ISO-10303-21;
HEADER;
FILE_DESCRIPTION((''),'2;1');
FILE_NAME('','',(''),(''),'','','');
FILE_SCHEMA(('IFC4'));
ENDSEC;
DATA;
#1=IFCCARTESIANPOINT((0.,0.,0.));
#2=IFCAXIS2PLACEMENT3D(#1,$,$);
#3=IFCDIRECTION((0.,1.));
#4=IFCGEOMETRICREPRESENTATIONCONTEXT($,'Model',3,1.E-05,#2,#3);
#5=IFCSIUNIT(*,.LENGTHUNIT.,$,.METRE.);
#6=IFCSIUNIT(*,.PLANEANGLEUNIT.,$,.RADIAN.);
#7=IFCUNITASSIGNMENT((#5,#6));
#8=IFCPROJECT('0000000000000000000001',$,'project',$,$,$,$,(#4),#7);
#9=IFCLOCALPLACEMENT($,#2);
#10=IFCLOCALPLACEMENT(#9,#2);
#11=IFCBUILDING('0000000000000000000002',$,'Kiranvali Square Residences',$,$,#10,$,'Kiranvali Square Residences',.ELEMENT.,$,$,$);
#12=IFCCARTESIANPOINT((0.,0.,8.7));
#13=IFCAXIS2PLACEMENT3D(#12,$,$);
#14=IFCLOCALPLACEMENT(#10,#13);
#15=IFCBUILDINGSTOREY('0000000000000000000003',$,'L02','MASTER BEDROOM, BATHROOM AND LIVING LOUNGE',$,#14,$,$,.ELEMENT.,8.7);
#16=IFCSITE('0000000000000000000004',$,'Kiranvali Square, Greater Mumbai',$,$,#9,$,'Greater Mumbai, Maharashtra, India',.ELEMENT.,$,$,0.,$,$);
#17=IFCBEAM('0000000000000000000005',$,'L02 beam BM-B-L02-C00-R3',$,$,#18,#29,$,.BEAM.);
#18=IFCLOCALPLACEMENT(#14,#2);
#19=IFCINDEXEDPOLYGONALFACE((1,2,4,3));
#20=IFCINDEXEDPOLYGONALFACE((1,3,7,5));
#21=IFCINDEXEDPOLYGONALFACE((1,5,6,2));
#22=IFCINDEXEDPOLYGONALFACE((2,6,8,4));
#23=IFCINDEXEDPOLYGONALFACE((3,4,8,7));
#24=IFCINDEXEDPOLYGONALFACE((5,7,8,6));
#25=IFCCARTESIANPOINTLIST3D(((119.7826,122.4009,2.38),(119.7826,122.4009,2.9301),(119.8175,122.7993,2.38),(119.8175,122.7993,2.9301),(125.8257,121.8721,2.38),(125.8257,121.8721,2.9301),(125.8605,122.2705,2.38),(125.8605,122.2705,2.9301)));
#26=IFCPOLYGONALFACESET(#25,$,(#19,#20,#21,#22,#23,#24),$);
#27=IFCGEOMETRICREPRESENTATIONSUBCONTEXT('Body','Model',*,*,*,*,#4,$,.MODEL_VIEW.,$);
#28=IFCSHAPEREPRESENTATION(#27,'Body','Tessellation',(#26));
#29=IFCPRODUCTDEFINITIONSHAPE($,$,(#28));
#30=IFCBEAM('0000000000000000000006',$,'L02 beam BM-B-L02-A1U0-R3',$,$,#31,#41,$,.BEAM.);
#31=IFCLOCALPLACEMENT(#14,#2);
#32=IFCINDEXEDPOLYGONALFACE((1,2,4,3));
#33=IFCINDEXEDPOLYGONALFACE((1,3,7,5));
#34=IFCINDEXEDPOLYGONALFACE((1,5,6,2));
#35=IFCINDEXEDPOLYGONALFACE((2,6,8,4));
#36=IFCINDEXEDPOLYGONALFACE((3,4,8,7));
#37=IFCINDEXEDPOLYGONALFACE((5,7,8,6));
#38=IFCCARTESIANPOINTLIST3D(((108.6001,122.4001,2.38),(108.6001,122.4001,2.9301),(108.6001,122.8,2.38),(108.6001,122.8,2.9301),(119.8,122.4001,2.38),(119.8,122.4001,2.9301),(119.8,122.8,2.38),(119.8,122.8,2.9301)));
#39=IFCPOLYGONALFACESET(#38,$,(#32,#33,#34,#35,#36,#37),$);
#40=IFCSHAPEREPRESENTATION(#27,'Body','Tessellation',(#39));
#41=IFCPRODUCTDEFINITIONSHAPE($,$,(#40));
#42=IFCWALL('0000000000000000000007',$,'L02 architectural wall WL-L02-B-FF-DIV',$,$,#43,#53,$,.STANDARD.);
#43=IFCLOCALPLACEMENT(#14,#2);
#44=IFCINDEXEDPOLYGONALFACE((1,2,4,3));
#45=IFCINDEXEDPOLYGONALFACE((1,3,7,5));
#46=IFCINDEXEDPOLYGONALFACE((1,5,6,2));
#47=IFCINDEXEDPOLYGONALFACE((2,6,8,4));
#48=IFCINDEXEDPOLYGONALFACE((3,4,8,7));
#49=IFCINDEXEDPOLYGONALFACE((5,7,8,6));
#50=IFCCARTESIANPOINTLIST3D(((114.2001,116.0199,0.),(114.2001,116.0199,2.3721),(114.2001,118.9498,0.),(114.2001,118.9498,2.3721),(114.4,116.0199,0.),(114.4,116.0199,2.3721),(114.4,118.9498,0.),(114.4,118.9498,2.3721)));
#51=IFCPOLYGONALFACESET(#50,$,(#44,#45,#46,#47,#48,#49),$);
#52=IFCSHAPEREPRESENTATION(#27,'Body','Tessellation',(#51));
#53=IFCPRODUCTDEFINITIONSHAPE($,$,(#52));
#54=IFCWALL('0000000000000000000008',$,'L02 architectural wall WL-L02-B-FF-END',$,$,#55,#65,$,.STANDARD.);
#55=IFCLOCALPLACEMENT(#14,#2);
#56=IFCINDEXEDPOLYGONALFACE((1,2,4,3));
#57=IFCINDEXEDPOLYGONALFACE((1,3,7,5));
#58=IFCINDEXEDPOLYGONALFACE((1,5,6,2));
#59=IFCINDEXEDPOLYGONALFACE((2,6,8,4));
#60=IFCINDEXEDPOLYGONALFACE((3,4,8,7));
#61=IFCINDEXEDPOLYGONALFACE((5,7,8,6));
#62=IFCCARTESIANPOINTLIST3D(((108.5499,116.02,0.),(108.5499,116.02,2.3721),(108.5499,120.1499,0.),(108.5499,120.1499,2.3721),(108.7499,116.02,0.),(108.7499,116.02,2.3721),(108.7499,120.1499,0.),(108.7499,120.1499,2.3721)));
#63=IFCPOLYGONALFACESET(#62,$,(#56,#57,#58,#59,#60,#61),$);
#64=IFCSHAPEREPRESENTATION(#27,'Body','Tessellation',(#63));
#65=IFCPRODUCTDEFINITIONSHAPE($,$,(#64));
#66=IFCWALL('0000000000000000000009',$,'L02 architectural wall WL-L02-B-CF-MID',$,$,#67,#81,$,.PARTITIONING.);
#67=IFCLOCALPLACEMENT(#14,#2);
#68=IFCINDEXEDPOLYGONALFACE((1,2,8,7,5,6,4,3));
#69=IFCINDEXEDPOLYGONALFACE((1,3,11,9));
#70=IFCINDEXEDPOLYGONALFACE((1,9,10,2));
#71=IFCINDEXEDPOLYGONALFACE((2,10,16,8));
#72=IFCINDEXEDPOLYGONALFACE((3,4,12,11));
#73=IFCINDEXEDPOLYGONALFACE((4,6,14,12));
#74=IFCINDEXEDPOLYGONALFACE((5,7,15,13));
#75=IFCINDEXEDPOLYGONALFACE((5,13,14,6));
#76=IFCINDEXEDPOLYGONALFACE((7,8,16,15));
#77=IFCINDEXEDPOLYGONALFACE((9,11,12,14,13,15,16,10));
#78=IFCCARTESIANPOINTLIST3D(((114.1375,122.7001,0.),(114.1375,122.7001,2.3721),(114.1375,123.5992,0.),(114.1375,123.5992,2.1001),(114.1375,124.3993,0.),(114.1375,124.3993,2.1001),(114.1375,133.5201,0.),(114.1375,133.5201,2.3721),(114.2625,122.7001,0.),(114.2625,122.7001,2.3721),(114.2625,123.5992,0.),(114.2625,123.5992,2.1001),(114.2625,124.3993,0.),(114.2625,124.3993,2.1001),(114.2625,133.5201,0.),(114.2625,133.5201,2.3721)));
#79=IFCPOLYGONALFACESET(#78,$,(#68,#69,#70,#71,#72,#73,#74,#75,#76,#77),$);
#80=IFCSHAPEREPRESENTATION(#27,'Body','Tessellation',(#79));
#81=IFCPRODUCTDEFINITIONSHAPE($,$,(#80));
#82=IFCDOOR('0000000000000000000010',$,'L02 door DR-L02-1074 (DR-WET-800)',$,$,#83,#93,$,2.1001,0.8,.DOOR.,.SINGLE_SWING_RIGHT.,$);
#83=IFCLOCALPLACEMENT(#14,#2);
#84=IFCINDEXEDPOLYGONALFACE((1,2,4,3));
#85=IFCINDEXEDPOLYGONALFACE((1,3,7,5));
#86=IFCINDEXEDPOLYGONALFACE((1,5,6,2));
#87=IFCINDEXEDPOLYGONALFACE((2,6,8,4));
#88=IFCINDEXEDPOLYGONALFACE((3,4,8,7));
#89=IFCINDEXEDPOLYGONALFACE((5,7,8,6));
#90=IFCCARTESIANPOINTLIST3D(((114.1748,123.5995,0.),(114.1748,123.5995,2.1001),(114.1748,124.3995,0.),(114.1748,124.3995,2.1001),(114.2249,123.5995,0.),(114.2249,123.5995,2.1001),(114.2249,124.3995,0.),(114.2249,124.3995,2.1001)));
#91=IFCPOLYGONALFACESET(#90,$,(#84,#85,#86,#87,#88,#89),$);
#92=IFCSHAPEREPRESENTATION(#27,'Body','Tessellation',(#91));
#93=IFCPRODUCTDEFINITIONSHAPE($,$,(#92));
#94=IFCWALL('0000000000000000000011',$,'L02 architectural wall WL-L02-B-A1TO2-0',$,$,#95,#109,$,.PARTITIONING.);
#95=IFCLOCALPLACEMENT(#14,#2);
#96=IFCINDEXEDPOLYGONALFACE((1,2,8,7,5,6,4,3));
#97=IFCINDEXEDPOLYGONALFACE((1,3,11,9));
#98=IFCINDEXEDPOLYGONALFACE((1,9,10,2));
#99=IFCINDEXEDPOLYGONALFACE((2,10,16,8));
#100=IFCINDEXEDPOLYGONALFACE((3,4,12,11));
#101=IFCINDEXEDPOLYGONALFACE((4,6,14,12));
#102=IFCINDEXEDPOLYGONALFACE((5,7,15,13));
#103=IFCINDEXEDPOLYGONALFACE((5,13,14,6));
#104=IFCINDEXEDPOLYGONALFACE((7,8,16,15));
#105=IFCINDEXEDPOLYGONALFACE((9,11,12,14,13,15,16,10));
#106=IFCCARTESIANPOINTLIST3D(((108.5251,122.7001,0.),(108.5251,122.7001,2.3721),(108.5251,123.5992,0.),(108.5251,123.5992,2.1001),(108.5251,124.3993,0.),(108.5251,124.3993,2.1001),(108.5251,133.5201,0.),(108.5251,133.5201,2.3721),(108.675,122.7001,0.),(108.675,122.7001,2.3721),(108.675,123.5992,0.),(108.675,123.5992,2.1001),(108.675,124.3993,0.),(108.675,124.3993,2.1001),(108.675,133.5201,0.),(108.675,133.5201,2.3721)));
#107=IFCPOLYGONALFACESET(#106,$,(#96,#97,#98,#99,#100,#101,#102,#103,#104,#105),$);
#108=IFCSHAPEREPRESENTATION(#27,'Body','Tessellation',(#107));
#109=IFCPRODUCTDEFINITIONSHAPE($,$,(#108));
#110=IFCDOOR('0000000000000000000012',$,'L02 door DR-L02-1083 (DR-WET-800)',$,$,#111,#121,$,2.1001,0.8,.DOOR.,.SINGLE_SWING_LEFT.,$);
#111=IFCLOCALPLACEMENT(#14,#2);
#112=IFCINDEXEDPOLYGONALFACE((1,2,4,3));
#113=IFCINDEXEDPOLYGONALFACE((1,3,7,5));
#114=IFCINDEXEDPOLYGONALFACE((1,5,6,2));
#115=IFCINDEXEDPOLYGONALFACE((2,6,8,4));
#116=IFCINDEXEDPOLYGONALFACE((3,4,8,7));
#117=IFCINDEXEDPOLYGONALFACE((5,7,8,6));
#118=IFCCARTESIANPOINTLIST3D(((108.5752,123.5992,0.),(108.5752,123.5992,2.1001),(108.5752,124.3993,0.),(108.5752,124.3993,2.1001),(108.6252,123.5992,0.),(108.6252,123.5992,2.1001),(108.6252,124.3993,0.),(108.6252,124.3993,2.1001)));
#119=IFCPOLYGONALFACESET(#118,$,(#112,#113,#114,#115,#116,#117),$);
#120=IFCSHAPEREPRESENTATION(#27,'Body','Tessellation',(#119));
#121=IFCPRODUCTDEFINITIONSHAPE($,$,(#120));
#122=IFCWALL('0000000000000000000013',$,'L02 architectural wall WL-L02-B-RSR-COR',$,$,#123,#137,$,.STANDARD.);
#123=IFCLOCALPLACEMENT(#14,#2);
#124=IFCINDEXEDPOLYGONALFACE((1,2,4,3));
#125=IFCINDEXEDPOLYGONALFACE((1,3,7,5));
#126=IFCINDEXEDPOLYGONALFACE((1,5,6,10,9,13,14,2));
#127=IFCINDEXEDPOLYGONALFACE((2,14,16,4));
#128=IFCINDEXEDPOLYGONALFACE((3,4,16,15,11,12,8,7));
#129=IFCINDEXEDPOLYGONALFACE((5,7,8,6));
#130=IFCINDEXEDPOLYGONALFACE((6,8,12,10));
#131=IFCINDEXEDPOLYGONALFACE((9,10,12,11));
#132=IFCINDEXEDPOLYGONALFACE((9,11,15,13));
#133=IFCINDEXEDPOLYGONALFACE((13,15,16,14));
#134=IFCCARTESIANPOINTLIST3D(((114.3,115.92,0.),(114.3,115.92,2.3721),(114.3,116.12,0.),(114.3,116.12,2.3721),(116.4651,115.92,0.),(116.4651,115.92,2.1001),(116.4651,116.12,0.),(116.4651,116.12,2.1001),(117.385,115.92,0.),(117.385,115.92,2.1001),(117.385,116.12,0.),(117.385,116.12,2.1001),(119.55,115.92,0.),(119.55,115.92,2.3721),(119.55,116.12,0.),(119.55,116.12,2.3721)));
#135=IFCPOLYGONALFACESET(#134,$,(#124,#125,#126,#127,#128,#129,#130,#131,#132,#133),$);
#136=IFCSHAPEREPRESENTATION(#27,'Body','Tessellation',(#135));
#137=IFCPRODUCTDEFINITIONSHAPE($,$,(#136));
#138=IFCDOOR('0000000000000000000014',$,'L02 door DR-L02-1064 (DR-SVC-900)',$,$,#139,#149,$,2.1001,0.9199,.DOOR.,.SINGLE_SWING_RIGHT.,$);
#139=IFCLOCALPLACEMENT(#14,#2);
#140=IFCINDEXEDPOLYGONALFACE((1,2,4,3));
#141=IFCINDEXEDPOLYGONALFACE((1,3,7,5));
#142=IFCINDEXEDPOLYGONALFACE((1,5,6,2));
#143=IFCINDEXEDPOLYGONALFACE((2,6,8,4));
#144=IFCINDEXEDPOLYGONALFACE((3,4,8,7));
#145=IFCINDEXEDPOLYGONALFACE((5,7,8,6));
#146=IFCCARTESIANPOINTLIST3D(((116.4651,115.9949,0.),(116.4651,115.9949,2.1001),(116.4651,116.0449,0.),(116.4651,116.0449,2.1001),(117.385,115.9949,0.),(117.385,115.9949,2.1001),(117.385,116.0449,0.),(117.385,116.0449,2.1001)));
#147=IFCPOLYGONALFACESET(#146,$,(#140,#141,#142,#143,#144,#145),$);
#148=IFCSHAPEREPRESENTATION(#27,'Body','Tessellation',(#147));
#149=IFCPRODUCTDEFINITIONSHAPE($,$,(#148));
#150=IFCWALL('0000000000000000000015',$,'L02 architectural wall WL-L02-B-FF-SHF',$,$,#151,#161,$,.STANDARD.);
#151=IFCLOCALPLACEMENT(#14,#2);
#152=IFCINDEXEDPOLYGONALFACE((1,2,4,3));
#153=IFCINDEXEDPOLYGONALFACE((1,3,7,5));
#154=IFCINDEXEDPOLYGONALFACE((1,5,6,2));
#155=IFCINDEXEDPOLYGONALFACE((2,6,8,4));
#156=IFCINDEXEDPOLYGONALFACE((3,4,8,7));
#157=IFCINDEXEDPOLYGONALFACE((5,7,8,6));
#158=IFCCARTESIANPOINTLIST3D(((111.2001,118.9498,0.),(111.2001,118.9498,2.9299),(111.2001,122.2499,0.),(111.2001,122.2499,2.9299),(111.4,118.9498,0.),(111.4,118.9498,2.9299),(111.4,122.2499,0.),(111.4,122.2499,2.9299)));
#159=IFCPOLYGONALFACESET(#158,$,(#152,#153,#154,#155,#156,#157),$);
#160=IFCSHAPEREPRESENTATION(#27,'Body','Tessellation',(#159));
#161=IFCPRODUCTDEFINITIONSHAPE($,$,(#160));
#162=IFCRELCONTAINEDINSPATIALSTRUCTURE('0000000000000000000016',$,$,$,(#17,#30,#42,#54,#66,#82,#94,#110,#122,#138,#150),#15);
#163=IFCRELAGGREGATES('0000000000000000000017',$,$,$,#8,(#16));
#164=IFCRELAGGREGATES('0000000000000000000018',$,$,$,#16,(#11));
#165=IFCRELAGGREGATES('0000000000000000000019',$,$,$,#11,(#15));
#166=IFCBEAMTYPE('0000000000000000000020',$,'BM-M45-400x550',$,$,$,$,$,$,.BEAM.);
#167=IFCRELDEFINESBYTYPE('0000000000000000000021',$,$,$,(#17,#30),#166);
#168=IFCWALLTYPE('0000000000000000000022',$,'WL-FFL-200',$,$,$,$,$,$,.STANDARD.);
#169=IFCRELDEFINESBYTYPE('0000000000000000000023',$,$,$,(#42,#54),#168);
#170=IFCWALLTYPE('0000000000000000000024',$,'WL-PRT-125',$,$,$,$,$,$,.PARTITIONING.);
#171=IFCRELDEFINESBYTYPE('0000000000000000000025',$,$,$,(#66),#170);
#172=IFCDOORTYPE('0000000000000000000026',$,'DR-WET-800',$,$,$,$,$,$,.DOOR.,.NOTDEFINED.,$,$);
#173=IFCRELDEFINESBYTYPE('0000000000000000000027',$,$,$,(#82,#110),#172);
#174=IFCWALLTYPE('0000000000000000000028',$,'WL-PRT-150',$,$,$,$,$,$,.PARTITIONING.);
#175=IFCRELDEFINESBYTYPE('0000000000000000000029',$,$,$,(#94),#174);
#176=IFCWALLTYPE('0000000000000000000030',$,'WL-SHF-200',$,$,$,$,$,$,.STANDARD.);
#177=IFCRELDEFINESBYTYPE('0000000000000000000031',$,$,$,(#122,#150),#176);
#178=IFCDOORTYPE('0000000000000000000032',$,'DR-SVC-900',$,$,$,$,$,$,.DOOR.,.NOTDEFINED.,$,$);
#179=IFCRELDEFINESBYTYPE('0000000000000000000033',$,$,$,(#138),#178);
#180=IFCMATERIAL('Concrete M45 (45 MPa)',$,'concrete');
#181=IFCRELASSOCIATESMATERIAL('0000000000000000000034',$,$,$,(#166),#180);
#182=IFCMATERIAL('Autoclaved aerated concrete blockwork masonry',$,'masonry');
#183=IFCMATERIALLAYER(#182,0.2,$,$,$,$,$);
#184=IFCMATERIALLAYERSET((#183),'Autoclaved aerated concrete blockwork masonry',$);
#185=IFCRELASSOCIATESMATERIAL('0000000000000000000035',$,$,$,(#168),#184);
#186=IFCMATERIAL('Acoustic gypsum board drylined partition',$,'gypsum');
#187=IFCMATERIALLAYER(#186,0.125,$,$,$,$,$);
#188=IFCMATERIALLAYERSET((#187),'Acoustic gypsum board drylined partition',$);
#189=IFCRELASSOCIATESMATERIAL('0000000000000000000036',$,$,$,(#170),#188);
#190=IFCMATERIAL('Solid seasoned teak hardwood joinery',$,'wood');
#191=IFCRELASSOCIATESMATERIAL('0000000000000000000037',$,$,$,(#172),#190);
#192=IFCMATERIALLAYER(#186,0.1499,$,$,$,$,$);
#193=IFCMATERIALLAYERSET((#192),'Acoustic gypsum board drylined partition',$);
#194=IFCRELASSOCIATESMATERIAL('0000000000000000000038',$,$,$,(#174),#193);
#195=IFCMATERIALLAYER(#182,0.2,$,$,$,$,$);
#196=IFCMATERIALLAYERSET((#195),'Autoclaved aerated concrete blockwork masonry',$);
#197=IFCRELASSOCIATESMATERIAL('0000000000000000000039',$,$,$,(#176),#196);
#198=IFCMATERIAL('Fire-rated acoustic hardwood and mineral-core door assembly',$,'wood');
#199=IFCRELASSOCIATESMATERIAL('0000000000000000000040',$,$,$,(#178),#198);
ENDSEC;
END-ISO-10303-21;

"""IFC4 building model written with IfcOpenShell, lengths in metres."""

from ifc_helpers import new_model, si_unit, direction, frame, frame_2d, origin, origin_2d, place, context, subcontext, project, spatial, rectangle, extrude, material, layer, layer_set, material_profile, profile_set, type_object, element, fill, save


model = new_model("IFC4")

# Units and contexts
model_context = context("Model", 3, precision=1e-05, world=origin(), true_north=direction((0.0, 1.0)))
body_context = subcontext(model_context, "Body", "Model", "MODEL_VIEW")
ifc_project = project(units=[si_unit("LENGTHUNIT", "METRE"), si_unit("PLANEANGLEUNIT", "RADIAN")], contexts=[model_context])

# Site, building, storey
site_placement = place(None, origin())
site = spatial("IfcSite", under=ifc_project, at=site_placement, Name="Kiranvali Square, Greater Mumbai", LongName="Greater Mumbai, Maharashtra, India", CompositionType="ELEMENT", RefElevation=0.0)
building_placement = place(site_placement, origin())
building = spatial("IfcBuilding", under=site, at=building_placement, Name="Kiranvali Square Residences", LongName="Kiranvali Square Residences", CompositionType="ELEMENT")
storey_placement = place(building_placement, frame((0.0, 0.0, 8.7)))
storey = spatial("IfcBuildingStorey", under=building, at=storey_placement, Name="L02", Description="MASTER BEDROOM, BATHROOM AND LIVING LOUNGE", CompositionType="ELEMENT", Elevation=8.7)

# Beams
ifc_material_1 = material(Name="Concrete M45 (45 MPa)", Category="concrete")
ifc_material_profile = material_profile(ifc_material_1, rectangle(XDim=0.3999, YDim=0.55, at=origin_2d()), Name="RC 400x550")
ifc_profile_set = profile_set([ifc_material_profile], Name="Concrete M45 (45 MPa)")
beam_type = type_object("IfcBeamType", Name="BM-M45-400x550", PredefinedType="BEAM", material=ifc_profile_set)
beam_1_placement = place(storey_placement, frame((119.8, 122.6001, 2.655), z_axis=(0.996193, -0.087175, 0.0), x_axis=(0.087175, 0.996193, 0.0)))
element("IfcBeam", 1, at=beam_1_placement, inside=storey, type_object=beam_type, Name="L02 beam BM-B-L02-C00-R3", PredefinedType="BEAM", context=body_context, shape_type="SweptSolid", body=[
    extrude(rectangle(XDim=0.3999, YDim=0.55, at=origin_2d()), origin(), (0.0, 0.0, 1.0), 6.0662),
])
beam_2_placement = place(storey_placement, frame((119.8, 122.6001, 2.655), z_axis=(-1.0, 0.0, 0.0), x_axis=(0.0, -1.0, 0.0)))
element("IfcBeam", 2, at=beam_2_placement, inside=storey, type_object=beam_type, Name="L02 beam BM-B-L02-A1U0-R3", PredefinedType="BEAM", context=body_context, shape_type="SweptSolid", body=[
    extrude(rectangle(XDim=0.3999, YDim=0.55, at=origin_2d()), origin(), (0.0, 0.0, 1.0), 11.2),
])

# Shared definitions
ifc_material_2 = material(Name="Autoclaved aerated concrete blockwork masonry", Category="masonry")
ifc_layer_1 = layer(ifc_material_2, 0.2)
ifc_layer_set_1 = layer_set([ifc_layer_1], Name="Autoclaved aerated concrete blockwork masonry")
wall_type_1 = type_object("IfcWallType", Name="WL-FFL-200", PredefinedType="STANDARD", material=ifc_layer_set_1)
ifc_material_3 = material(Name="Fire-rated acoustic hardwood and mineral-core door assembly", Category="wood")

# Walls
wall_1_placement = place(storey_placement, frame((114.3, 116.02, 0.0), z_axis=(0.0, 0.0, 1.0), x_axis=(0.0, 1.0, 0.0)))
element("IfcWall", 3, at=wall_1_placement, inside=storey, type_object=wall_type_1, Name="L02 architectural wall WL-L02-B-FF-DIV", PredefinedType="STANDARD", context=body_context, shape_type="SweptSolid", body=[
    extrude(rectangle(XDim=2.9299, YDim=0.2, at=frame_2d((1.4648, 0.0))), origin(), (0.0, 0.0, 1.0), 2.3721),
])
wall_2_placement = place(storey_placement, frame((108.6499, 116.02, 0.0), z_axis=(0.0, 0.0, 1.0), x_axis=(0.0, 1.0, 0.0)))
element("IfcWall", 4, at=wall_2_placement, inside=storey, type_object=wall_type_1, Name="L02 architectural wall WL-L02-B-FF-END", PredefinedType="STANDARD", context=body_context, shape_type="SweptSolid", body=[
    extrude(rectangle(XDim=4.1299, YDim=0.2, at=frame_2d((2.0649, 0.0))), origin(), (0.0, 0.0, 1.0), 2.3721),
])

# Walls, openings, doors
ifc_material_4 = material(Name="Acoustic gypsum board drylined partition", Category="gypsum")
ifc_layer_2 = layer(ifc_material_4, 0.125)
ifc_layer_set_2 = layer_set([ifc_layer_2], Name="Acoustic gypsum board drylined partition")
wall_type_2 = type_object("IfcWallType", Name="WL-PRT-125", PredefinedType="PARTITIONING", material=ifc_layer_set_2)
wall_3_placement = place(storey_placement, frame((114.2, 122.7, 0.0), z_axis=(0.0, 0.0, 1.0), x_axis=(0.0, 1.0, 0.0)))
wall_3 = element("IfcWall", 5, at=wall_3_placement, inside=storey, type_object=wall_type_2, Name="L02 architectural wall WL-L02-B-CF-MID", PredefinedType="PARTITIONING", context=body_context, shape_type="SweptSolid", body=[
    extrude(rectangle(XDim=10.8201, YDim=0.125, at=frame_2d((5.4102, 0.0))), origin(), (0.0, 0.0, 1.0), 2.3721),
])
opening_1_placement = place(wall_3_placement, frame((0.8994, 0.0, 0.0)))
opening_1 = element("IfcOpeningElement", 6, at=opening_1_placement, cuts=wall_3, PredefinedType="OPENING", context=body_context, shape_type="SweptSolid", body=[
    extrude(rectangle(XDim=0.8, YDim=2.1001, at=frame_2d((0.3999, 1.05))), frame((0.0, 0.0725, 0.0), z_axis=(0.0, -1.0, 0.0), x_axis=(1.0, 0.0, 0.0)), (0.0, 0.0, 1.0), 0.145),
])
ifc_material_5 = material(Name="Solid seasoned teak hardwood joinery", Category="wood")
door_type_1 = type_object("IfcDoorType", Name="DR-WET-800", OperationType="NOTDEFINED", PredefinedType="DOOR", material=ifc_material_5)
door_1_placement = place(opening_1_placement, frame((0.8, 0.0, 0.0), z_axis=(0.0, 0.0, 1.0), x_axis=(-1.0, 0.0, 0.0)))
door_1 = element("IfcDoor", 7, at=door_1_placement, inside=storey, type_object=door_type_1, Name="L02 door DR-L02-1074 (DR-WET-800)", OperationType="SINGLE_SWING_RIGHT", OverallHeight=2.1001, OverallWidth=0.8, PredefinedType="DOOR", context=body_context, shape_type="SweptSolid", body=[
    extrude(rectangle(XDim=0.8, YDim=2.1001, at=frame_2d((0.3999, 1.05))), frame((0.0, 0.0249, 0.0), z_axis=(0.0, -1.0, 0.0), x_axis=(1.0, 0.0, 0.0)), (0.0, 0.0, 1.0), 0.05),
])
fill(opening_1, door_1)
ifc_layer_3 = layer(ifc_material_4, 0.1499)
ifc_layer_set_3 = layer_set([ifc_layer_3], Name="Acoustic gypsum board drylined partition")
wall_type_3 = type_object("IfcWallType", Name="WL-PRT-150", PredefinedType="PARTITIONING", material=ifc_layer_set_3)
wall_4_placement = place(storey_placement, frame((108.6001, 122.7, 0.0), z_axis=(0.0, 0.0, 1.0), x_axis=(0.0, 1.0, 0.0)))
wall_4 = element("IfcWall", 8, at=wall_4_placement, inside=storey, type_object=wall_type_3, Name="L02 architectural wall WL-L02-B-A1TO2-0", PredefinedType="PARTITIONING", context=body_context, shape_type="SweptSolid", body=[
    extrude(rectangle(XDim=10.8201, YDim=0.1499, at=frame_2d((5.4102, 0.0))), origin(), (0.0, 0.0, 1.0), 2.3721),
])
opening_2_placement = place(wall_4_placement, frame((0.8994, 0.0, 0.0)))
opening_2 = element("IfcOpeningElement", 9, at=opening_2_placement, cuts=wall_4, PredefinedType="OPENING", context=body_context, shape_type="SweptSolid", body=[
    extrude(rectangle(XDim=0.8, YDim=2.1001, at=frame_2d((0.3999, 1.05))), frame((0.0, 0.085, 0.0), z_axis=(0.0, -1.0, 0.0), x_axis=(1.0, 0.0, 0.0)), (0.0, 0.0, 1.0), 0.1699),
])
door_2_placement = place(opening_2_placement, origin())
door_2 = element("IfcDoor", 10, at=door_2_placement, inside=storey, type_object=door_type_1, Name="L02 door DR-L02-1083 (DR-WET-800)", OperationType="SINGLE_SWING_LEFT", OverallHeight=2.1001, OverallWidth=0.8, PredefinedType="DOOR", context=body_context, shape_type="SweptSolid", body=[
    extrude(rectangle(XDim=0.8, YDim=2.1001, at=frame_2d((0.3999, 1.05))), frame((0.0, 0.0249, 0.0), z_axis=(0.0, -1.0, 0.0), x_axis=(1.0, 0.0, 0.0)), (0.0, 0.0, 1.0), 0.05),
])
fill(opening_2, door_2)
ifc_layer_4 = layer(ifc_material_2, 0.2)
ifc_layer_set_4 = layer_set([ifc_layer_4], Name="Autoclaved aerated concrete blockwork masonry")
wall_type_4 = type_object("IfcWallType", Name="WL-SHF-200", PredefinedType="STANDARD", material=ifc_layer_set_4)
wall_5_placement = place(storey_placement, frame((119.55, 116.02, 0.0), z_axis=(0.0, 0.0, 1.0), x_axis=(-1.0, 0.0, 0.0)))
wall_5 = element("IfcWall", 11, at=wall_5_placement, inside=storey, type_object=wall_type_4, Name="L02 architectural wall WL-L02-B-RSR-COR", PredefinedType="STANDARD", context=body_context, shape_type="SweptSolid", body=[
    extrude(rectangle(XDim=5.25, YDim=0.2, at=frame_2d((2.625, 0.0))), origin(), (0.0, 0.0, 1.0), 2.3721),
])
opening_3_placement = place(wall_5_placement, frame((2.165, 0.0, 0.0)))
opening_3 = element("IfcOpeningElement", 12, at=opening_3_placement, cuts=wall_5, PredefinedType="OPENING", context=body_context, shape_type="SweptSolid", body=[
    extrude(rectangle(XDim=0.9199, YDim=2.1001, at=frame_2d((0.46, 1.05))), frame((0.0, 0.1099, 0.0), z_axis=(0.0, -1.0, 0.0), x_axis=(1.0, 0.0, 0.0)), (0.0, 0.0, 1.0), 0.22),
])
door_type_2 = type_object("IfcDoorType", Name="DR-SVC-900", OperationType="NOTDEFINED", PredefinedType="DOOR", material=ifc_material_3)
door_3_placement = place(opening_3_placement, frame((0.9199, 0.0, 0.0), z_axis=(0.0, 0.0, 1.0), x_axis=(-1.0, 0.0, 0.0)))
door_3 = element("IfcDoor", 13, at=door_3_placement, inside=storey, type_object=door_type_2, Name="L02 door DR-L02-1064 (DR-SVC-900)", OperationType="SINGLE_SWING_RIGHT", OverallHeight=2.1001, OverallWidth=0.9199, PredefinedType="DOOR", context=body_context, shape_type="SweptSolid", body=[
    extrude(rectangle(XDim=0.9199, YDim=2.1001, at=frame_2d((0.46, 1.05))), frame((0.0, 0.0249, 0.0), z_axis=(0.0, -1.0, 0.0), x_axis=(1.0, 0.0, 0.0)), (0.0, 0.0, 1.0), 0.05),
])
fill(opening_3, door_3)

# Wall
wall_6_placement = place(storey_placement, frame((111.3, 118.95, 0.0), z_axis=(0.0, 0.0, 1.0), x_axis=(0.0, 1.0, 0.0)))
element("IfcWall", 14, at=wall_6_placement, inside=storey, type_object=wall_type_4, Name="L02 architectural wall WL-L02-B-FF-SHF", PredefinedType="STANDARD", context=body_context, shape_type="SweptSolid", body=[
    extrude(rectangle(XDim=3.3, YDim=0.2, at=frame_2d((1.6499, 0.0))), origin(), (0.0, 0.0, 1.0), 2.9299),
])

save(model, "model.ifc")
